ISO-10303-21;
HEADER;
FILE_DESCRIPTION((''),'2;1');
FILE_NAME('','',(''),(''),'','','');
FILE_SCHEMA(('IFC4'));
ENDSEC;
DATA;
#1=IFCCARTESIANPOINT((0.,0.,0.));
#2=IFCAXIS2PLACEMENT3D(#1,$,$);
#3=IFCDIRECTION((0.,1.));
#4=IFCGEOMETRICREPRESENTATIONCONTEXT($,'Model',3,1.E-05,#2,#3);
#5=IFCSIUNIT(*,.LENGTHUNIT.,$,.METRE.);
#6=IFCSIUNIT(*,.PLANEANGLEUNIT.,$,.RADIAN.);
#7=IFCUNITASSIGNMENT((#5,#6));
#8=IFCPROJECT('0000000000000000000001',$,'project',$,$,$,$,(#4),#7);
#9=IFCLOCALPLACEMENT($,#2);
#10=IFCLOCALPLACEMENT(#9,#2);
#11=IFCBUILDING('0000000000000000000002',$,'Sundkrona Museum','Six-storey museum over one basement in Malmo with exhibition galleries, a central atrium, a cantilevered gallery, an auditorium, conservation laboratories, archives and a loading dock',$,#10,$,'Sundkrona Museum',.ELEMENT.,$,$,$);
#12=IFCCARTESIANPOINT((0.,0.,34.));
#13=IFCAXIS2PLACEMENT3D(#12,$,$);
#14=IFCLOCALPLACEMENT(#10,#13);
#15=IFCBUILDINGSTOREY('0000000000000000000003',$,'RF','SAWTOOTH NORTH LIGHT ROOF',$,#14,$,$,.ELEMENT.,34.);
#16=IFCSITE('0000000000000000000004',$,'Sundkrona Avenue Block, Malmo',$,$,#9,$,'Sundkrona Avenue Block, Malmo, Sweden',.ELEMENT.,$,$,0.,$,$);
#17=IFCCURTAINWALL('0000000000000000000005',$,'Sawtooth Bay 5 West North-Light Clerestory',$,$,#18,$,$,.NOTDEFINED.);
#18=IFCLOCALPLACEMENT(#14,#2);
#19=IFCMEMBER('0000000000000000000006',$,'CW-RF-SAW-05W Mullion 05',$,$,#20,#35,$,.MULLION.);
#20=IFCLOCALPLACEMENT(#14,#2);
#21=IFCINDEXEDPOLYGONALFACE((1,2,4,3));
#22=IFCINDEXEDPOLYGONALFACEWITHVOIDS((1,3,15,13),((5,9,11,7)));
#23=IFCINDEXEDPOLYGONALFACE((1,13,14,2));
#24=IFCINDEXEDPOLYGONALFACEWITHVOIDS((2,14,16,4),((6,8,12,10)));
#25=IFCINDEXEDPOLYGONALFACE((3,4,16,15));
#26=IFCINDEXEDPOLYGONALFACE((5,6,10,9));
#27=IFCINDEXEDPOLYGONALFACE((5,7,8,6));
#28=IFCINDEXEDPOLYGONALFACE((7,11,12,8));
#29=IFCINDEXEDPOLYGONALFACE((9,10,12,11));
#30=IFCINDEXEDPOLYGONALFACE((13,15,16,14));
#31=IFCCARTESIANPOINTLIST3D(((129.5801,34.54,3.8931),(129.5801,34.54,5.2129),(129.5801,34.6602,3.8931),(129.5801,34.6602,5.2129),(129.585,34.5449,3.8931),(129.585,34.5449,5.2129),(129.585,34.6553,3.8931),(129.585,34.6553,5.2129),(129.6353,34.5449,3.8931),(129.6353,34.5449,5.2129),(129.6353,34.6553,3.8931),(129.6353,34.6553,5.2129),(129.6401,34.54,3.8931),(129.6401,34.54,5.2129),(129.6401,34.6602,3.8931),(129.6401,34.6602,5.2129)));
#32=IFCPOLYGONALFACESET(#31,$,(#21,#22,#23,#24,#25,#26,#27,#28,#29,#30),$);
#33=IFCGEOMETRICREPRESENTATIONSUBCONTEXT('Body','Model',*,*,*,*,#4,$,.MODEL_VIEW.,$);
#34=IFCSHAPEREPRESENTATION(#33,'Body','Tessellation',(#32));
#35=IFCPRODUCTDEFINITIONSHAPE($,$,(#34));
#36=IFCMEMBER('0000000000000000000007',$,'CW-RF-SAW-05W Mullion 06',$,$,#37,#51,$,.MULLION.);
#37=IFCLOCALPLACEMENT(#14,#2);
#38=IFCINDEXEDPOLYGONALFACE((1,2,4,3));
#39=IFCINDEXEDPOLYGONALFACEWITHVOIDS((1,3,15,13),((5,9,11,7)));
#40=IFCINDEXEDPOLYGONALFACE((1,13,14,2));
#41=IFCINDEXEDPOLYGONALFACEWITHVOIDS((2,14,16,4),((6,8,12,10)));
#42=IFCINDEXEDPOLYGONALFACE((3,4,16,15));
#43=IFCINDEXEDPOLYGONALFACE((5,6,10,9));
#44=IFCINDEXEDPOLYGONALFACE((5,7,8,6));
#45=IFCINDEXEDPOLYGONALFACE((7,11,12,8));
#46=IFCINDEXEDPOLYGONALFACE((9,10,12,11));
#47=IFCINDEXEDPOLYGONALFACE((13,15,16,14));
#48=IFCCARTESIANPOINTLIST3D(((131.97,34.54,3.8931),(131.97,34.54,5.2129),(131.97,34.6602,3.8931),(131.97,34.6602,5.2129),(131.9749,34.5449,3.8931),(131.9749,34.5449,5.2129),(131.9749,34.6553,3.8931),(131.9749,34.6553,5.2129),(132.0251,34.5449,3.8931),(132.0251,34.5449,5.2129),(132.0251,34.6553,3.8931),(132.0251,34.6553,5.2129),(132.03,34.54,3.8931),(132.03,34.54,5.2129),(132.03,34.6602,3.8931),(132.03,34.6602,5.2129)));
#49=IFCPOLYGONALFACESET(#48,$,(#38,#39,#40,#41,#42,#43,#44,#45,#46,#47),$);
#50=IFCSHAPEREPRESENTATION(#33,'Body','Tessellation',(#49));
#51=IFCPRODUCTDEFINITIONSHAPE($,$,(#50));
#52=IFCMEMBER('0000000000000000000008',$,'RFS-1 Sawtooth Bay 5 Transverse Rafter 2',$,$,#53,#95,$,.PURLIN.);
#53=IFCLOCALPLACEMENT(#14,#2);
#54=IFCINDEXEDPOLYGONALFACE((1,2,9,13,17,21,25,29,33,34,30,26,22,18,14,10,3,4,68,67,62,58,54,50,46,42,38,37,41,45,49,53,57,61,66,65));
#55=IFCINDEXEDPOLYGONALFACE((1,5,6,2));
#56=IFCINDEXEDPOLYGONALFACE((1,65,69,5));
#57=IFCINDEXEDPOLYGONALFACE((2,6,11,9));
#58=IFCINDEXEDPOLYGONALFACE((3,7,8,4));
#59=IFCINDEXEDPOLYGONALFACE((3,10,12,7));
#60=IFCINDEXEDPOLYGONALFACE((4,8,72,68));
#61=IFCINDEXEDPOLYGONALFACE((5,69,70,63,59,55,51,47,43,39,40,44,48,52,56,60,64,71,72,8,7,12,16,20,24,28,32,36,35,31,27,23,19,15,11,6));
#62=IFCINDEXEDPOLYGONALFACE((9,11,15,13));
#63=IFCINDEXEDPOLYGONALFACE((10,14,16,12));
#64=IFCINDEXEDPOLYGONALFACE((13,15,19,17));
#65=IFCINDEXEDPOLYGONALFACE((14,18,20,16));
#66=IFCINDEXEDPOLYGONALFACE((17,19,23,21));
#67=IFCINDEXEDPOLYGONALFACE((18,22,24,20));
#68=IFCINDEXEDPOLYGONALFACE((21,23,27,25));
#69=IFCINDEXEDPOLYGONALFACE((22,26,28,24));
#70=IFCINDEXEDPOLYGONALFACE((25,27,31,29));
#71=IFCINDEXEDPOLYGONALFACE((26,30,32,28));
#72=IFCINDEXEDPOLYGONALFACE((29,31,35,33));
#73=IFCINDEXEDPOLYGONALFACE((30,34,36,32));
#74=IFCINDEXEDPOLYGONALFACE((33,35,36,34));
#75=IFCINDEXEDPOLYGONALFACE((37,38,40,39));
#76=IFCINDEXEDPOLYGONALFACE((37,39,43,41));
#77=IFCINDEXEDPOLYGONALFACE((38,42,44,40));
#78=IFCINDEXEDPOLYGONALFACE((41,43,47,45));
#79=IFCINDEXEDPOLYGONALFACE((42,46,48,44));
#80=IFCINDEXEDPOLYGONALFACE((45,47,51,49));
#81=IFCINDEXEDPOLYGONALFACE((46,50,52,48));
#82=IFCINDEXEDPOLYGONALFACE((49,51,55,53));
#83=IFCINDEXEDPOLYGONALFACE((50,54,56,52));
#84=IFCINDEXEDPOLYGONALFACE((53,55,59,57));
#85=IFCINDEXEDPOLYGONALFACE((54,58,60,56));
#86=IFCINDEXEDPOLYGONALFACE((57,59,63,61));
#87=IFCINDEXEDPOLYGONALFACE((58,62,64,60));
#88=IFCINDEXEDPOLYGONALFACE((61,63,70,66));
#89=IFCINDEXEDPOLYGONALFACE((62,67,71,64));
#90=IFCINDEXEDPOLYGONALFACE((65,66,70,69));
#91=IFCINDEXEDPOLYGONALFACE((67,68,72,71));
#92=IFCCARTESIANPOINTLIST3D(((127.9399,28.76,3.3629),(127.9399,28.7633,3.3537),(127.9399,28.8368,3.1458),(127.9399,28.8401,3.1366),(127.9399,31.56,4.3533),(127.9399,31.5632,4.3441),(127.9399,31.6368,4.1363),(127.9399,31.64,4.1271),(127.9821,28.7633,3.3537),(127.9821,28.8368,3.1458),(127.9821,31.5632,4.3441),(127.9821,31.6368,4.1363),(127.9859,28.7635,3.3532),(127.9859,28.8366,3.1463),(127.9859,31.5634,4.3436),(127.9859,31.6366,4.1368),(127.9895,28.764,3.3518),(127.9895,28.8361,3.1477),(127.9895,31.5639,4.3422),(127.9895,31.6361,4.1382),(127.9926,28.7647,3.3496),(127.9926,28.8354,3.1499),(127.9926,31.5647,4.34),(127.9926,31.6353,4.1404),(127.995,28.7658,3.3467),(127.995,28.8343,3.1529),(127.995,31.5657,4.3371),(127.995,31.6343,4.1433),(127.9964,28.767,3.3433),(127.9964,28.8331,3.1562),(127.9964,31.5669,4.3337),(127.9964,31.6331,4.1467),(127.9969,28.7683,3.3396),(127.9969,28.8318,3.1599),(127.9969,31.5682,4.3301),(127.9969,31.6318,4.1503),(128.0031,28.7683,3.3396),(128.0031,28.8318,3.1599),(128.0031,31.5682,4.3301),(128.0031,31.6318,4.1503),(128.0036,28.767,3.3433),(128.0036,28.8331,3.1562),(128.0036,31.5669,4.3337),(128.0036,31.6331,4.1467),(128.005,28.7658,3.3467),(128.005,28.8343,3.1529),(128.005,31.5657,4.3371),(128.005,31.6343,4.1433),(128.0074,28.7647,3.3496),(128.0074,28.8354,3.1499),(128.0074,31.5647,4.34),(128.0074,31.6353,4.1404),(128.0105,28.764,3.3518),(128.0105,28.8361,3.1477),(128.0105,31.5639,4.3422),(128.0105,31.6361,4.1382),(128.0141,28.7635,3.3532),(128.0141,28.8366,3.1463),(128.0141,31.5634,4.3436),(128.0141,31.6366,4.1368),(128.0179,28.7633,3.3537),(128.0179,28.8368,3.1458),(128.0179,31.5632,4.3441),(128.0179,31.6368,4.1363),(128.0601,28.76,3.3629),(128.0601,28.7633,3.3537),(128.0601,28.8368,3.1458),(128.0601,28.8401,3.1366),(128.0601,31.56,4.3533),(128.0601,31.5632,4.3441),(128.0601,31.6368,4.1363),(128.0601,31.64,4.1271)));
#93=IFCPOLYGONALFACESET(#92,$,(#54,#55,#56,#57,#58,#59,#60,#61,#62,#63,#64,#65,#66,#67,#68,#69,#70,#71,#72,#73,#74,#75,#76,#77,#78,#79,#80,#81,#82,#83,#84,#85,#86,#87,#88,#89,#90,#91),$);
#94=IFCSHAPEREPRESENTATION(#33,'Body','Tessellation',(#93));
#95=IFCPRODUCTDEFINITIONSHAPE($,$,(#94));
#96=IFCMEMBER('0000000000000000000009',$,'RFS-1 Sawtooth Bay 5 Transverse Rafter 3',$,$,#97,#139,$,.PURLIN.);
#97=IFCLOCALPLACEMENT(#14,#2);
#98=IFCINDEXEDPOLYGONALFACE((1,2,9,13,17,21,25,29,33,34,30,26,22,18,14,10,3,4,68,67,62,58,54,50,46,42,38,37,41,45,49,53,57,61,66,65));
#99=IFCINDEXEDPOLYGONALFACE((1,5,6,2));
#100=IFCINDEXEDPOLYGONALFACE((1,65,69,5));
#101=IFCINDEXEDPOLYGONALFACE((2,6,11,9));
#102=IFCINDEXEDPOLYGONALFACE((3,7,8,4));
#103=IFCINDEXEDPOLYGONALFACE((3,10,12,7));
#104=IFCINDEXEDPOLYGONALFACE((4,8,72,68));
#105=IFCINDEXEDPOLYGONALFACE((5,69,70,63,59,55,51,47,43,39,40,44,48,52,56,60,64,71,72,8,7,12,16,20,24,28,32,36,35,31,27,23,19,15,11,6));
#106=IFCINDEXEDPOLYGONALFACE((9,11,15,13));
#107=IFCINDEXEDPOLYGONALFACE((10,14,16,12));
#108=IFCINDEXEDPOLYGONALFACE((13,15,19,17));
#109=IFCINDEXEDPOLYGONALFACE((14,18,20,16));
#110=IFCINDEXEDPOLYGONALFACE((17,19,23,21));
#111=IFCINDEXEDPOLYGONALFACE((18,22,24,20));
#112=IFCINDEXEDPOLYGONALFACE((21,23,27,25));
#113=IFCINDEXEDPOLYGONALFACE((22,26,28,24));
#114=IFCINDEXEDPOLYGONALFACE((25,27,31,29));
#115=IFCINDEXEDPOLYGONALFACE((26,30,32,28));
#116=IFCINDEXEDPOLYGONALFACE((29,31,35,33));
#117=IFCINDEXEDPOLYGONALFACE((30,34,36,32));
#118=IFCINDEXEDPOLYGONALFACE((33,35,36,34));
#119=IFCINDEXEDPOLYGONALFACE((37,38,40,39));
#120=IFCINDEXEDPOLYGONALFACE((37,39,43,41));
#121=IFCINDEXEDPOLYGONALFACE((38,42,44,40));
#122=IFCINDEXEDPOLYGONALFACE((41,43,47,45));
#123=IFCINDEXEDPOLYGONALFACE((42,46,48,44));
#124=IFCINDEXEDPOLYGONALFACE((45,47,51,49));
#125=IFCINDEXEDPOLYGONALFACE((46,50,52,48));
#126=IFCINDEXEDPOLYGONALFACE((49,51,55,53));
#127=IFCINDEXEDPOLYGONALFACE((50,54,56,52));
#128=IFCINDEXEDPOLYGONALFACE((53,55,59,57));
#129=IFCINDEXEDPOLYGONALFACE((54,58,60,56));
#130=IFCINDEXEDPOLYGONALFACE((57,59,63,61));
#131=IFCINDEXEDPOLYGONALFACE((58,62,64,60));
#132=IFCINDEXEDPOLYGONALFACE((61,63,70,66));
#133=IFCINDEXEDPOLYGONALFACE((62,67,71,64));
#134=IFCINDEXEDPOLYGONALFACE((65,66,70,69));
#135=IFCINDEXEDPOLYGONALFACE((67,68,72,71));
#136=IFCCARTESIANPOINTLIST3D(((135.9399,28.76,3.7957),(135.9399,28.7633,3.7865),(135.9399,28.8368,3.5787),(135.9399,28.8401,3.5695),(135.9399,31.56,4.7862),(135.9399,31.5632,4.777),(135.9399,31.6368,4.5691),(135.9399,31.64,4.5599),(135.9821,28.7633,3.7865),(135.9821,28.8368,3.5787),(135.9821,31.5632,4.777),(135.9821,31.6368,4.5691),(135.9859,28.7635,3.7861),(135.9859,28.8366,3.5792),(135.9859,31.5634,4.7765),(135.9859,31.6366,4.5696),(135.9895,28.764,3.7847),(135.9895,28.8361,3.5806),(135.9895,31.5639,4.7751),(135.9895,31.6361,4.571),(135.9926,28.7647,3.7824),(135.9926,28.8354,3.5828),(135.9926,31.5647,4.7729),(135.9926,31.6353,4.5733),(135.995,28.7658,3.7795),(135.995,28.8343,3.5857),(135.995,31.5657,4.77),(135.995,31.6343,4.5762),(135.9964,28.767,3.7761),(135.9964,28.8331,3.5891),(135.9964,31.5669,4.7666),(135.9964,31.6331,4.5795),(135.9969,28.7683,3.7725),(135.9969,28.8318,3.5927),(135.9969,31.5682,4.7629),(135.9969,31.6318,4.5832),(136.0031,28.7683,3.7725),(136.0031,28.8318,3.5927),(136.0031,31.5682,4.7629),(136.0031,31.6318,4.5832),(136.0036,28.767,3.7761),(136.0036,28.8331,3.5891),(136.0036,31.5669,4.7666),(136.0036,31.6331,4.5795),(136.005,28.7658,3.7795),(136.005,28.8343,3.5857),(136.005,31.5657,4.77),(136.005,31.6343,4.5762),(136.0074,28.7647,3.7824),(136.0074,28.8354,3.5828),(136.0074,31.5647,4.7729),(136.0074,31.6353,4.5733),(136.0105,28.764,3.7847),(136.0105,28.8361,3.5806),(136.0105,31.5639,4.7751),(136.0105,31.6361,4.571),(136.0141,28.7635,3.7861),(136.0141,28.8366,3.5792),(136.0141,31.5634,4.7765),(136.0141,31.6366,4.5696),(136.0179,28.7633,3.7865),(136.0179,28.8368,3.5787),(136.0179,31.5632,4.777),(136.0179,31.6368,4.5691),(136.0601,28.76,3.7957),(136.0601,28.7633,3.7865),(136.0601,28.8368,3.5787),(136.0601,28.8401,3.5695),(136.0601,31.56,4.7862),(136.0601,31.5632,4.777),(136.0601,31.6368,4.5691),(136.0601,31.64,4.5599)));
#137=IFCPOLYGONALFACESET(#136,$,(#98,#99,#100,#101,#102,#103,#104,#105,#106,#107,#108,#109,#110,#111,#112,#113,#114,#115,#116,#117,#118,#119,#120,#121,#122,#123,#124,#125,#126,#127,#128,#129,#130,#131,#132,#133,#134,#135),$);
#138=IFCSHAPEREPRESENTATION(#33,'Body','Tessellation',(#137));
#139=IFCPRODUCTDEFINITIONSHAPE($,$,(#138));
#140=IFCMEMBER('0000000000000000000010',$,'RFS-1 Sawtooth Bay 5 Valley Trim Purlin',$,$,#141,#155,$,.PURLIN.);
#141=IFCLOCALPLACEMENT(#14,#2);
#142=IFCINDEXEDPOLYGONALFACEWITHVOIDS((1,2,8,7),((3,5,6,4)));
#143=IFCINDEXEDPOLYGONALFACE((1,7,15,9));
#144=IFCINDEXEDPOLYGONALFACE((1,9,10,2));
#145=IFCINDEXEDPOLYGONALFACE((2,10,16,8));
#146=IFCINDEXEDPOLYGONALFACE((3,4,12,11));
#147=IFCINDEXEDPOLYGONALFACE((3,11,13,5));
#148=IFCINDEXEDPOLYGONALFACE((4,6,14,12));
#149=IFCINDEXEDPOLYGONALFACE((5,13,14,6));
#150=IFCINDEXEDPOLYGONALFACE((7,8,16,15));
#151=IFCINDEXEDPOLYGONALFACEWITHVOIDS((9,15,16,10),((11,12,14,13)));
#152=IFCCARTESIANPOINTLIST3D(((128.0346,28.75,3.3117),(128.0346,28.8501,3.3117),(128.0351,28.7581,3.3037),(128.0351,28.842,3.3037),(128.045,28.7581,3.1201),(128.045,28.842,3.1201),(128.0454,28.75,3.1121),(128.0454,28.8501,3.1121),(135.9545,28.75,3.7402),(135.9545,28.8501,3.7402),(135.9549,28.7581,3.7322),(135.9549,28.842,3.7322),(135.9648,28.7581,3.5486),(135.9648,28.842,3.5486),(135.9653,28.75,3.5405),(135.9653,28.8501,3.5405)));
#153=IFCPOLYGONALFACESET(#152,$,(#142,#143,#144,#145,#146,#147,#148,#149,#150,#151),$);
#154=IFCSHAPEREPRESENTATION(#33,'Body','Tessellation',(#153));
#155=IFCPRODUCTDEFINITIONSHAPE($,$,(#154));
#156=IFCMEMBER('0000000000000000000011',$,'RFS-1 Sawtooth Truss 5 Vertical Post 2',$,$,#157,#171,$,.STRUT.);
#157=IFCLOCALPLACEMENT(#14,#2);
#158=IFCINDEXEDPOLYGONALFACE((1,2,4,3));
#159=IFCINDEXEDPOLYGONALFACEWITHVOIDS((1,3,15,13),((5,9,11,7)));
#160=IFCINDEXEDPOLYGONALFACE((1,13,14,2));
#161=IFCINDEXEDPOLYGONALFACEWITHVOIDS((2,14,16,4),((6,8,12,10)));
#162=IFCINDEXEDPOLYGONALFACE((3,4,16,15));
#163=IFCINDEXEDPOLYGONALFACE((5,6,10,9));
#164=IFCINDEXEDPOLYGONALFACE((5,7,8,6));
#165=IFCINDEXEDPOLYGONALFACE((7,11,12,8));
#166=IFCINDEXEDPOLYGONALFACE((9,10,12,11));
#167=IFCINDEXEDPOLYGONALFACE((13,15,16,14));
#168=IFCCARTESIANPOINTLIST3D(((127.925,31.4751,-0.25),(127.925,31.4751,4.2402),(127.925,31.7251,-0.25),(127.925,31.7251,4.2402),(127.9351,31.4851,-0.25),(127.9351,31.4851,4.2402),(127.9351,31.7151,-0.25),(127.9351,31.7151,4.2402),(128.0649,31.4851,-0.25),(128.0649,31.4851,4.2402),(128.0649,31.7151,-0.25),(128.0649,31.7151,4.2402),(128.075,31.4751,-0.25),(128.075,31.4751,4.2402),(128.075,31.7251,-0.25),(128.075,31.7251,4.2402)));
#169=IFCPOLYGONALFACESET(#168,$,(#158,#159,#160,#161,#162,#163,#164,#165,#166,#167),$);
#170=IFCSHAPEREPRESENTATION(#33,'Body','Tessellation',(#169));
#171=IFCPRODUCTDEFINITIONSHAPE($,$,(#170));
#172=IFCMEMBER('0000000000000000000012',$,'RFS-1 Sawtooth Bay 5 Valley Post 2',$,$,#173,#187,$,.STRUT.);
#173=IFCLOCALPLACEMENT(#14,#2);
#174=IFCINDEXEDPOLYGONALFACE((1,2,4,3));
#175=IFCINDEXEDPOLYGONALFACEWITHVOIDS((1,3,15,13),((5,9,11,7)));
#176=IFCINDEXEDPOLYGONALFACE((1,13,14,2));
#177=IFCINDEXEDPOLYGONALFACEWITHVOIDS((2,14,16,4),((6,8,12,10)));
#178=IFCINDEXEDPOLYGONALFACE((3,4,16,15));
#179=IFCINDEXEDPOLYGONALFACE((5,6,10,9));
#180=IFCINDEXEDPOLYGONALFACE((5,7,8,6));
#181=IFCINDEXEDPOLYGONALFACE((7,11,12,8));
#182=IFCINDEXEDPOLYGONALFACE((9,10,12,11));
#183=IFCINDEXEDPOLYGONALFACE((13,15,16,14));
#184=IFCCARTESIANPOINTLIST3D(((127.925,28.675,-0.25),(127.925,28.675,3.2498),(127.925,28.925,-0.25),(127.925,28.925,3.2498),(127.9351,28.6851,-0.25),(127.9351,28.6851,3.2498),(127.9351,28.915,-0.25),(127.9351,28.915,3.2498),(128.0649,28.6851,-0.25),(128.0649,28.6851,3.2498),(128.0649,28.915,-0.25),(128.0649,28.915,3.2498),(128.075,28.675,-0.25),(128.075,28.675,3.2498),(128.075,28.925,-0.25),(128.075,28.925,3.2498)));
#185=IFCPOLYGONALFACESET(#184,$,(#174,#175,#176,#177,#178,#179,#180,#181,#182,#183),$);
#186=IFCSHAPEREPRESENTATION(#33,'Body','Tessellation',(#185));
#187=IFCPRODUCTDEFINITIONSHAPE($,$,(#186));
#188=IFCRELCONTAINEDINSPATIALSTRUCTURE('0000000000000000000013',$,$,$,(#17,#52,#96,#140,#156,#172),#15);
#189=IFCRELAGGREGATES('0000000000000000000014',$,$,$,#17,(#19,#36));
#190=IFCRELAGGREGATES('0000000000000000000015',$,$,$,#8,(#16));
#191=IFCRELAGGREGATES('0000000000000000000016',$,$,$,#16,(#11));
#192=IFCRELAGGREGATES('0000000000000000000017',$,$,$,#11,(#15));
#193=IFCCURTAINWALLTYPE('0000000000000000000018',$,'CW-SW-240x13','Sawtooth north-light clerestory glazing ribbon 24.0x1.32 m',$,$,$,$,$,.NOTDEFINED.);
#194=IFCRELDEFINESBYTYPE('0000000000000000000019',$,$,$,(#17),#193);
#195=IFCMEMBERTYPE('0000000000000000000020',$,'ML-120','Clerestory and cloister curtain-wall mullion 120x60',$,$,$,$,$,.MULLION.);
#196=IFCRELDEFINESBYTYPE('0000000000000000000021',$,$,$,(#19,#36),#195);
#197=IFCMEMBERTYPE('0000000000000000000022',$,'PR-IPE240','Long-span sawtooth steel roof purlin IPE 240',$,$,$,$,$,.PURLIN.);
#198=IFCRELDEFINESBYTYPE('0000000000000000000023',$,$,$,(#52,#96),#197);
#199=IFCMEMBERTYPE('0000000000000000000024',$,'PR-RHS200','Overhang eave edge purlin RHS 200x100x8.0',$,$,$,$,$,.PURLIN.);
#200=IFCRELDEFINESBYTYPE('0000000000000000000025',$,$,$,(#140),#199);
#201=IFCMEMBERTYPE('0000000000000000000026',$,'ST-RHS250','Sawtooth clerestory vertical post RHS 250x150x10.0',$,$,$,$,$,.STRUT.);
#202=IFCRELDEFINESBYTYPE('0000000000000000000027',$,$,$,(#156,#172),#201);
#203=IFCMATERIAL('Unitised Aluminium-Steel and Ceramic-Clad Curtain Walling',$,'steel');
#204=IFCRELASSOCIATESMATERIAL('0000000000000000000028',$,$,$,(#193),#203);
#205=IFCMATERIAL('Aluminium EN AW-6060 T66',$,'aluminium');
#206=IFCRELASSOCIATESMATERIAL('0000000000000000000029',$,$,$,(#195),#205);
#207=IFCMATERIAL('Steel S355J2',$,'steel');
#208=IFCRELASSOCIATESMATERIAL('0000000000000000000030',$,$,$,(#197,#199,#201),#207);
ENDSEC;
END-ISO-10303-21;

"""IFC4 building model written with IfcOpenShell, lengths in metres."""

from ifc_helpers import new_model, si_unit, direction, frame, origin, origin_2d, place, context, subcontext, project, spatial, hollow_rectangle, i_section, extrude, material, material_profile, profile_set, type_object, element, aggregate, save


model = new_model("IFC4")

# Units and contexts
model_context = context("Model", 3, precision=1e-05, world=origin(), true_north=direction((0.0, 1.0)))
body_context = subcontext(model_context, "Body", "Model", "MODEL_VIEW")
ifc_project = project(units=[si_unit("LENGTHUNIT", "METRE"), si_unit("PLANEANGLEUNIT", "RADIAN")], contexts=[model_context])

# Site, building, storey
site_placement = place(None, origin())
site = spatial("IfcSite", under=ifc_project, at=site_placement, Name="Sundkrona Avenue Block, Malmo", LongName="Sundkrona Avenue Block, Malmo, Sweden", CompositionType="ELEMENT", RefElevation=0.0)
building_placement = place(site_placement, origin())
building = spatial("IfcBuilding", under=site, at=building_placement, Name="Sundkrona Museum", Description="Six-storey museum over one basement in Malmo with exhibition galleries, a central atrium, a cantilevered gallery, an auditorium, conservation laboratories, archives and a loading dock", LongName="Sundkrona Museum", CompositionType="ELEMENT")
storey_placement = place(building_placement, frame((0.0, 0.0, 34.0)))
storey = spatial("IfcBuildingStorey", under=building, at=storey_placement, Name="RF", Description="SAWTOOTH NORTH LIGHT ROOF", CompositionType="ELEMENT", Elevation=34.0)

# Curtain wall, members
ifc_material_1 = material(Name="Unitised Aluminium-Steel and Ceramic-Clad Curtain Walling", Category="steel")
curtain_wall_type = type_object("IfcCurtainWallType", Name="CW-SW-240x13", Description="Sawtooth north-light clerestory glazing ribbon 24.0x1.32 m", PredefinedType="NOTDEFINED", material=ifc_material_1)
curtain_wall_placement = place(storey_placement, origin())
curtain_wall = element("IfcCurtainWall", 1, at=curtain_wall_placement, inside=storey, type_object=curtain_wall_type, Name="Sawtooth Bay 5 West North-Light Clerestory", PredefinedType="NOTDEFINED")
ifc_material_2 = material(Name="Aluminium EN AW-6060 T66", Category="aluminium")
ifc_material_profile_1 = material_profile(ifc_material_2, hollow_rectangle(XDim=0.0601, YDim=0.1201, WallThickness=0.0049, at=origin_2d()), Name="RHS 120x60x5.0")
ifc_profile_set_1 = profile_set([ifc_material_profile_1], Name="Aluminium EN AW-6060 T66")
member_type_1 = type_object("IfcMemberType", Name="ML-120", Description="Clerestory and cloister curtain-wall mullion 120x60", PredefinedType="MULLION", material=ifc_profile_set_1)
member_1_placement = place(storey_placement, frame((129.6101, 34.6001, 3.8931), z_axis=(0.0, 0.0, 1.0), x_axis=(1.0, 0.0, 0.0)))
member_1 = element("IfcMember", 2, at=member_1_placement, type_object=member_type_1, Name="CW-RF-SAW-05W Mullion 05", PredefinedType="MULLION", context=body_context, shape_type="SweptSolid", body=[
    extrude(hollow_rectangle(XDim=0.0601, YDim=0.1201, WallThickness=0.0049, at=origin_2d()), origin(), (0.0, 0.0, 1.0), 1.3198),
])
member_2_placement = place(storey_placement, frame((132.0, 34.6001, 3.8931), z_axis=(0.0, 0.0, 1.0), x_axis=(1.0, 0.0, 0.0)))
member_2 = element("IfcMember", 3, at=member_2_placement, type_object=member_type_1, Name="CW-RF-SAW-05W Mullion 06", PredefinedType="MULLION", context=body_context, shape_type="SweptSolid", body=[
    extrude(hollow_rectangle(XDim=0.0601, YDim=0.1201, WallThickness=0.0049, at=origin_2d()), origin(), (0.0, 0.0, 1.0), 1.3198),
])

# Members
ifc_material_3 = material(Name="Steel S355J2", Category="steel")
ifc_material_profile_2 = material_profile(ifc_material_3, i_section(OverallWidth=0.1201, OverallDepth=0.24, WebThickness=0.0061, FlangeThickness=0.0098, FilletRadius=0.0149, at=origin_2d()), Name="IPE 240")
ifc_profile_set_2 = profile_set([ifc_material_profile_2], Name="Steel S355J2")
member_type_2 = type_object("IfcMemberType", Name="PR-IPE240", Description="Long-span sawtooth steel roof purlin IPE 240", PredefinedType="PURLIN", material=ifc_profile_set_2)
for number, where, z_axis, x_axis, name in (
    (4, (128.0, 28.8, 3.2498), (0.0, 0.942755, 0.333486), (-1.0, 0.0, 0.0), "RFS-1 Sawtooth Bay 5 Transverse Rafter 2"),
    (5, (136.0, 28.8, 3.6826), (0.0, 0.942755, 0.333486), (-1.0, 0.0, 0.0), "RFS-1 Sawtooth Bay 5 Transverse Rafter 3"),
):
    element("IfcMember", number, at=place(storey_placement, frame(where, z_axis=z_axis, x_axis=x_axis)), inside=storey, type_object=member_type_2, Name=name, PredefinedType="PURLIN", context=body_context, shape_type="SweptSolid", body=[
        extrude(i_section(OverallWidth=0.1201, OverallDepth=0.24, WebThickness=0.0061, FlangeThickness=0.0098, FilletRadius=0.0149, at=origin_2d()), origin(), (0.0, 0.0, 1.0), 2.97),
    ])
ifc_material_profile_3 = material_profile(ifc_material_3, hollow_rectangle(XDim=0.1001, YDim=0.2, WallThickness=0.0081, at=origin_2d()), Name="RHS 200x100x8.0")
ifc_profile_set_3 = profile_set([ifc_material_profile_3], Name="Steel S355J2")
member_type_3 = type_object("IfcMemberType", Name="PR-RHS200", Description="Overhang eave edge purlin RHS 200x100x8.0", PredefinedType="PURLIN", material=ifc_profile_set_3)
member_3_placement = place(storey_placement, frame((128.04, 28.8, 3.2119), z_axis=(0.99854, 0.0, 0.054021), x_axis=(0.0, 1.0, 0.0)))
element("IfcMember", 6, at=member_3_placement, inside=storey, type_object=member_type_3, Name="RFS-1 Sawtooth Bay 5 Valley Trim Purlin", PredefinedType="PURLIN", context=body_context, shape_type="SweptSolid", body=[
    extrude(hollow_rectangle(XDim=0.1001, YDim=0.2, WallThickness=0.0081, at=origin_2d()), origin(), (0.0, 0.0, 1.0), 7.9314),
])
ifc_material_profile_4 = material_profile(ifc_material_3, hollow_rectangle(XDim=0.1499, YDim=0.25, WallThickness=0.01, at=origin_2d()), Name="RHS 250x150x10.0")
ifc_profile_set_4 = profile_set([ifc_material_profile_4], Name="Steel S355J2")
member_type_4 = type_object("IfcMemberType", Name="ST-RHS250", Description="Sawtooth clerestory vertical post RHS 250x150x10.0", PredefinedType="STRUT", material=ifc_profile_set_4)
member_4_placement = place(storey_placement, frame((128.0, 31.6001, -0.25), z_axis=(0.0, 0.0, 1.0), x_axis=(1.0, 0.0, 0.0)))
element("IfcMember", 7, at=member_4_placement, inside=storey, type_object=member_type_4, Name="RFS-1 Sawtooth Truss 5 Vertical Post 2", PredefinedType="STRUT", context=body_context, shape_type="SweptSolid", body=[
    extrude(hollow_rectangle(XDim=0.1499, YDim=0.25, WallThickness=0.01, at=origin_2d()), origin(), (0.0, 0.0, 1.0), 4.4902),
])
member_5_placement = place(storey_placement, frame((128.0, 28.8, -0.25), z_axis=(0.0, 0.0, 1.0), x_axis=(1.0, 0.0, 0.0)))
element("IfcMember", 8, at=member_5_placement, inside=storey, type_object=member_type_4, Name="RFS-1 Sawtooth Bay 5 Valley Post 2", PredefinedType="STRUT", context=body_context, shape_type="SweptSolid", body=[
    extrude(hollow_rectangle(XDim=0.1499, YDim=0.25, WallThickness=0.01, at=origin_2d()), origin(), (0.0, 0.0, 1.0), 3.4998),
])

aggregate(curtain_wall, [member_1, member_2])

save(model, "model.ifc")
